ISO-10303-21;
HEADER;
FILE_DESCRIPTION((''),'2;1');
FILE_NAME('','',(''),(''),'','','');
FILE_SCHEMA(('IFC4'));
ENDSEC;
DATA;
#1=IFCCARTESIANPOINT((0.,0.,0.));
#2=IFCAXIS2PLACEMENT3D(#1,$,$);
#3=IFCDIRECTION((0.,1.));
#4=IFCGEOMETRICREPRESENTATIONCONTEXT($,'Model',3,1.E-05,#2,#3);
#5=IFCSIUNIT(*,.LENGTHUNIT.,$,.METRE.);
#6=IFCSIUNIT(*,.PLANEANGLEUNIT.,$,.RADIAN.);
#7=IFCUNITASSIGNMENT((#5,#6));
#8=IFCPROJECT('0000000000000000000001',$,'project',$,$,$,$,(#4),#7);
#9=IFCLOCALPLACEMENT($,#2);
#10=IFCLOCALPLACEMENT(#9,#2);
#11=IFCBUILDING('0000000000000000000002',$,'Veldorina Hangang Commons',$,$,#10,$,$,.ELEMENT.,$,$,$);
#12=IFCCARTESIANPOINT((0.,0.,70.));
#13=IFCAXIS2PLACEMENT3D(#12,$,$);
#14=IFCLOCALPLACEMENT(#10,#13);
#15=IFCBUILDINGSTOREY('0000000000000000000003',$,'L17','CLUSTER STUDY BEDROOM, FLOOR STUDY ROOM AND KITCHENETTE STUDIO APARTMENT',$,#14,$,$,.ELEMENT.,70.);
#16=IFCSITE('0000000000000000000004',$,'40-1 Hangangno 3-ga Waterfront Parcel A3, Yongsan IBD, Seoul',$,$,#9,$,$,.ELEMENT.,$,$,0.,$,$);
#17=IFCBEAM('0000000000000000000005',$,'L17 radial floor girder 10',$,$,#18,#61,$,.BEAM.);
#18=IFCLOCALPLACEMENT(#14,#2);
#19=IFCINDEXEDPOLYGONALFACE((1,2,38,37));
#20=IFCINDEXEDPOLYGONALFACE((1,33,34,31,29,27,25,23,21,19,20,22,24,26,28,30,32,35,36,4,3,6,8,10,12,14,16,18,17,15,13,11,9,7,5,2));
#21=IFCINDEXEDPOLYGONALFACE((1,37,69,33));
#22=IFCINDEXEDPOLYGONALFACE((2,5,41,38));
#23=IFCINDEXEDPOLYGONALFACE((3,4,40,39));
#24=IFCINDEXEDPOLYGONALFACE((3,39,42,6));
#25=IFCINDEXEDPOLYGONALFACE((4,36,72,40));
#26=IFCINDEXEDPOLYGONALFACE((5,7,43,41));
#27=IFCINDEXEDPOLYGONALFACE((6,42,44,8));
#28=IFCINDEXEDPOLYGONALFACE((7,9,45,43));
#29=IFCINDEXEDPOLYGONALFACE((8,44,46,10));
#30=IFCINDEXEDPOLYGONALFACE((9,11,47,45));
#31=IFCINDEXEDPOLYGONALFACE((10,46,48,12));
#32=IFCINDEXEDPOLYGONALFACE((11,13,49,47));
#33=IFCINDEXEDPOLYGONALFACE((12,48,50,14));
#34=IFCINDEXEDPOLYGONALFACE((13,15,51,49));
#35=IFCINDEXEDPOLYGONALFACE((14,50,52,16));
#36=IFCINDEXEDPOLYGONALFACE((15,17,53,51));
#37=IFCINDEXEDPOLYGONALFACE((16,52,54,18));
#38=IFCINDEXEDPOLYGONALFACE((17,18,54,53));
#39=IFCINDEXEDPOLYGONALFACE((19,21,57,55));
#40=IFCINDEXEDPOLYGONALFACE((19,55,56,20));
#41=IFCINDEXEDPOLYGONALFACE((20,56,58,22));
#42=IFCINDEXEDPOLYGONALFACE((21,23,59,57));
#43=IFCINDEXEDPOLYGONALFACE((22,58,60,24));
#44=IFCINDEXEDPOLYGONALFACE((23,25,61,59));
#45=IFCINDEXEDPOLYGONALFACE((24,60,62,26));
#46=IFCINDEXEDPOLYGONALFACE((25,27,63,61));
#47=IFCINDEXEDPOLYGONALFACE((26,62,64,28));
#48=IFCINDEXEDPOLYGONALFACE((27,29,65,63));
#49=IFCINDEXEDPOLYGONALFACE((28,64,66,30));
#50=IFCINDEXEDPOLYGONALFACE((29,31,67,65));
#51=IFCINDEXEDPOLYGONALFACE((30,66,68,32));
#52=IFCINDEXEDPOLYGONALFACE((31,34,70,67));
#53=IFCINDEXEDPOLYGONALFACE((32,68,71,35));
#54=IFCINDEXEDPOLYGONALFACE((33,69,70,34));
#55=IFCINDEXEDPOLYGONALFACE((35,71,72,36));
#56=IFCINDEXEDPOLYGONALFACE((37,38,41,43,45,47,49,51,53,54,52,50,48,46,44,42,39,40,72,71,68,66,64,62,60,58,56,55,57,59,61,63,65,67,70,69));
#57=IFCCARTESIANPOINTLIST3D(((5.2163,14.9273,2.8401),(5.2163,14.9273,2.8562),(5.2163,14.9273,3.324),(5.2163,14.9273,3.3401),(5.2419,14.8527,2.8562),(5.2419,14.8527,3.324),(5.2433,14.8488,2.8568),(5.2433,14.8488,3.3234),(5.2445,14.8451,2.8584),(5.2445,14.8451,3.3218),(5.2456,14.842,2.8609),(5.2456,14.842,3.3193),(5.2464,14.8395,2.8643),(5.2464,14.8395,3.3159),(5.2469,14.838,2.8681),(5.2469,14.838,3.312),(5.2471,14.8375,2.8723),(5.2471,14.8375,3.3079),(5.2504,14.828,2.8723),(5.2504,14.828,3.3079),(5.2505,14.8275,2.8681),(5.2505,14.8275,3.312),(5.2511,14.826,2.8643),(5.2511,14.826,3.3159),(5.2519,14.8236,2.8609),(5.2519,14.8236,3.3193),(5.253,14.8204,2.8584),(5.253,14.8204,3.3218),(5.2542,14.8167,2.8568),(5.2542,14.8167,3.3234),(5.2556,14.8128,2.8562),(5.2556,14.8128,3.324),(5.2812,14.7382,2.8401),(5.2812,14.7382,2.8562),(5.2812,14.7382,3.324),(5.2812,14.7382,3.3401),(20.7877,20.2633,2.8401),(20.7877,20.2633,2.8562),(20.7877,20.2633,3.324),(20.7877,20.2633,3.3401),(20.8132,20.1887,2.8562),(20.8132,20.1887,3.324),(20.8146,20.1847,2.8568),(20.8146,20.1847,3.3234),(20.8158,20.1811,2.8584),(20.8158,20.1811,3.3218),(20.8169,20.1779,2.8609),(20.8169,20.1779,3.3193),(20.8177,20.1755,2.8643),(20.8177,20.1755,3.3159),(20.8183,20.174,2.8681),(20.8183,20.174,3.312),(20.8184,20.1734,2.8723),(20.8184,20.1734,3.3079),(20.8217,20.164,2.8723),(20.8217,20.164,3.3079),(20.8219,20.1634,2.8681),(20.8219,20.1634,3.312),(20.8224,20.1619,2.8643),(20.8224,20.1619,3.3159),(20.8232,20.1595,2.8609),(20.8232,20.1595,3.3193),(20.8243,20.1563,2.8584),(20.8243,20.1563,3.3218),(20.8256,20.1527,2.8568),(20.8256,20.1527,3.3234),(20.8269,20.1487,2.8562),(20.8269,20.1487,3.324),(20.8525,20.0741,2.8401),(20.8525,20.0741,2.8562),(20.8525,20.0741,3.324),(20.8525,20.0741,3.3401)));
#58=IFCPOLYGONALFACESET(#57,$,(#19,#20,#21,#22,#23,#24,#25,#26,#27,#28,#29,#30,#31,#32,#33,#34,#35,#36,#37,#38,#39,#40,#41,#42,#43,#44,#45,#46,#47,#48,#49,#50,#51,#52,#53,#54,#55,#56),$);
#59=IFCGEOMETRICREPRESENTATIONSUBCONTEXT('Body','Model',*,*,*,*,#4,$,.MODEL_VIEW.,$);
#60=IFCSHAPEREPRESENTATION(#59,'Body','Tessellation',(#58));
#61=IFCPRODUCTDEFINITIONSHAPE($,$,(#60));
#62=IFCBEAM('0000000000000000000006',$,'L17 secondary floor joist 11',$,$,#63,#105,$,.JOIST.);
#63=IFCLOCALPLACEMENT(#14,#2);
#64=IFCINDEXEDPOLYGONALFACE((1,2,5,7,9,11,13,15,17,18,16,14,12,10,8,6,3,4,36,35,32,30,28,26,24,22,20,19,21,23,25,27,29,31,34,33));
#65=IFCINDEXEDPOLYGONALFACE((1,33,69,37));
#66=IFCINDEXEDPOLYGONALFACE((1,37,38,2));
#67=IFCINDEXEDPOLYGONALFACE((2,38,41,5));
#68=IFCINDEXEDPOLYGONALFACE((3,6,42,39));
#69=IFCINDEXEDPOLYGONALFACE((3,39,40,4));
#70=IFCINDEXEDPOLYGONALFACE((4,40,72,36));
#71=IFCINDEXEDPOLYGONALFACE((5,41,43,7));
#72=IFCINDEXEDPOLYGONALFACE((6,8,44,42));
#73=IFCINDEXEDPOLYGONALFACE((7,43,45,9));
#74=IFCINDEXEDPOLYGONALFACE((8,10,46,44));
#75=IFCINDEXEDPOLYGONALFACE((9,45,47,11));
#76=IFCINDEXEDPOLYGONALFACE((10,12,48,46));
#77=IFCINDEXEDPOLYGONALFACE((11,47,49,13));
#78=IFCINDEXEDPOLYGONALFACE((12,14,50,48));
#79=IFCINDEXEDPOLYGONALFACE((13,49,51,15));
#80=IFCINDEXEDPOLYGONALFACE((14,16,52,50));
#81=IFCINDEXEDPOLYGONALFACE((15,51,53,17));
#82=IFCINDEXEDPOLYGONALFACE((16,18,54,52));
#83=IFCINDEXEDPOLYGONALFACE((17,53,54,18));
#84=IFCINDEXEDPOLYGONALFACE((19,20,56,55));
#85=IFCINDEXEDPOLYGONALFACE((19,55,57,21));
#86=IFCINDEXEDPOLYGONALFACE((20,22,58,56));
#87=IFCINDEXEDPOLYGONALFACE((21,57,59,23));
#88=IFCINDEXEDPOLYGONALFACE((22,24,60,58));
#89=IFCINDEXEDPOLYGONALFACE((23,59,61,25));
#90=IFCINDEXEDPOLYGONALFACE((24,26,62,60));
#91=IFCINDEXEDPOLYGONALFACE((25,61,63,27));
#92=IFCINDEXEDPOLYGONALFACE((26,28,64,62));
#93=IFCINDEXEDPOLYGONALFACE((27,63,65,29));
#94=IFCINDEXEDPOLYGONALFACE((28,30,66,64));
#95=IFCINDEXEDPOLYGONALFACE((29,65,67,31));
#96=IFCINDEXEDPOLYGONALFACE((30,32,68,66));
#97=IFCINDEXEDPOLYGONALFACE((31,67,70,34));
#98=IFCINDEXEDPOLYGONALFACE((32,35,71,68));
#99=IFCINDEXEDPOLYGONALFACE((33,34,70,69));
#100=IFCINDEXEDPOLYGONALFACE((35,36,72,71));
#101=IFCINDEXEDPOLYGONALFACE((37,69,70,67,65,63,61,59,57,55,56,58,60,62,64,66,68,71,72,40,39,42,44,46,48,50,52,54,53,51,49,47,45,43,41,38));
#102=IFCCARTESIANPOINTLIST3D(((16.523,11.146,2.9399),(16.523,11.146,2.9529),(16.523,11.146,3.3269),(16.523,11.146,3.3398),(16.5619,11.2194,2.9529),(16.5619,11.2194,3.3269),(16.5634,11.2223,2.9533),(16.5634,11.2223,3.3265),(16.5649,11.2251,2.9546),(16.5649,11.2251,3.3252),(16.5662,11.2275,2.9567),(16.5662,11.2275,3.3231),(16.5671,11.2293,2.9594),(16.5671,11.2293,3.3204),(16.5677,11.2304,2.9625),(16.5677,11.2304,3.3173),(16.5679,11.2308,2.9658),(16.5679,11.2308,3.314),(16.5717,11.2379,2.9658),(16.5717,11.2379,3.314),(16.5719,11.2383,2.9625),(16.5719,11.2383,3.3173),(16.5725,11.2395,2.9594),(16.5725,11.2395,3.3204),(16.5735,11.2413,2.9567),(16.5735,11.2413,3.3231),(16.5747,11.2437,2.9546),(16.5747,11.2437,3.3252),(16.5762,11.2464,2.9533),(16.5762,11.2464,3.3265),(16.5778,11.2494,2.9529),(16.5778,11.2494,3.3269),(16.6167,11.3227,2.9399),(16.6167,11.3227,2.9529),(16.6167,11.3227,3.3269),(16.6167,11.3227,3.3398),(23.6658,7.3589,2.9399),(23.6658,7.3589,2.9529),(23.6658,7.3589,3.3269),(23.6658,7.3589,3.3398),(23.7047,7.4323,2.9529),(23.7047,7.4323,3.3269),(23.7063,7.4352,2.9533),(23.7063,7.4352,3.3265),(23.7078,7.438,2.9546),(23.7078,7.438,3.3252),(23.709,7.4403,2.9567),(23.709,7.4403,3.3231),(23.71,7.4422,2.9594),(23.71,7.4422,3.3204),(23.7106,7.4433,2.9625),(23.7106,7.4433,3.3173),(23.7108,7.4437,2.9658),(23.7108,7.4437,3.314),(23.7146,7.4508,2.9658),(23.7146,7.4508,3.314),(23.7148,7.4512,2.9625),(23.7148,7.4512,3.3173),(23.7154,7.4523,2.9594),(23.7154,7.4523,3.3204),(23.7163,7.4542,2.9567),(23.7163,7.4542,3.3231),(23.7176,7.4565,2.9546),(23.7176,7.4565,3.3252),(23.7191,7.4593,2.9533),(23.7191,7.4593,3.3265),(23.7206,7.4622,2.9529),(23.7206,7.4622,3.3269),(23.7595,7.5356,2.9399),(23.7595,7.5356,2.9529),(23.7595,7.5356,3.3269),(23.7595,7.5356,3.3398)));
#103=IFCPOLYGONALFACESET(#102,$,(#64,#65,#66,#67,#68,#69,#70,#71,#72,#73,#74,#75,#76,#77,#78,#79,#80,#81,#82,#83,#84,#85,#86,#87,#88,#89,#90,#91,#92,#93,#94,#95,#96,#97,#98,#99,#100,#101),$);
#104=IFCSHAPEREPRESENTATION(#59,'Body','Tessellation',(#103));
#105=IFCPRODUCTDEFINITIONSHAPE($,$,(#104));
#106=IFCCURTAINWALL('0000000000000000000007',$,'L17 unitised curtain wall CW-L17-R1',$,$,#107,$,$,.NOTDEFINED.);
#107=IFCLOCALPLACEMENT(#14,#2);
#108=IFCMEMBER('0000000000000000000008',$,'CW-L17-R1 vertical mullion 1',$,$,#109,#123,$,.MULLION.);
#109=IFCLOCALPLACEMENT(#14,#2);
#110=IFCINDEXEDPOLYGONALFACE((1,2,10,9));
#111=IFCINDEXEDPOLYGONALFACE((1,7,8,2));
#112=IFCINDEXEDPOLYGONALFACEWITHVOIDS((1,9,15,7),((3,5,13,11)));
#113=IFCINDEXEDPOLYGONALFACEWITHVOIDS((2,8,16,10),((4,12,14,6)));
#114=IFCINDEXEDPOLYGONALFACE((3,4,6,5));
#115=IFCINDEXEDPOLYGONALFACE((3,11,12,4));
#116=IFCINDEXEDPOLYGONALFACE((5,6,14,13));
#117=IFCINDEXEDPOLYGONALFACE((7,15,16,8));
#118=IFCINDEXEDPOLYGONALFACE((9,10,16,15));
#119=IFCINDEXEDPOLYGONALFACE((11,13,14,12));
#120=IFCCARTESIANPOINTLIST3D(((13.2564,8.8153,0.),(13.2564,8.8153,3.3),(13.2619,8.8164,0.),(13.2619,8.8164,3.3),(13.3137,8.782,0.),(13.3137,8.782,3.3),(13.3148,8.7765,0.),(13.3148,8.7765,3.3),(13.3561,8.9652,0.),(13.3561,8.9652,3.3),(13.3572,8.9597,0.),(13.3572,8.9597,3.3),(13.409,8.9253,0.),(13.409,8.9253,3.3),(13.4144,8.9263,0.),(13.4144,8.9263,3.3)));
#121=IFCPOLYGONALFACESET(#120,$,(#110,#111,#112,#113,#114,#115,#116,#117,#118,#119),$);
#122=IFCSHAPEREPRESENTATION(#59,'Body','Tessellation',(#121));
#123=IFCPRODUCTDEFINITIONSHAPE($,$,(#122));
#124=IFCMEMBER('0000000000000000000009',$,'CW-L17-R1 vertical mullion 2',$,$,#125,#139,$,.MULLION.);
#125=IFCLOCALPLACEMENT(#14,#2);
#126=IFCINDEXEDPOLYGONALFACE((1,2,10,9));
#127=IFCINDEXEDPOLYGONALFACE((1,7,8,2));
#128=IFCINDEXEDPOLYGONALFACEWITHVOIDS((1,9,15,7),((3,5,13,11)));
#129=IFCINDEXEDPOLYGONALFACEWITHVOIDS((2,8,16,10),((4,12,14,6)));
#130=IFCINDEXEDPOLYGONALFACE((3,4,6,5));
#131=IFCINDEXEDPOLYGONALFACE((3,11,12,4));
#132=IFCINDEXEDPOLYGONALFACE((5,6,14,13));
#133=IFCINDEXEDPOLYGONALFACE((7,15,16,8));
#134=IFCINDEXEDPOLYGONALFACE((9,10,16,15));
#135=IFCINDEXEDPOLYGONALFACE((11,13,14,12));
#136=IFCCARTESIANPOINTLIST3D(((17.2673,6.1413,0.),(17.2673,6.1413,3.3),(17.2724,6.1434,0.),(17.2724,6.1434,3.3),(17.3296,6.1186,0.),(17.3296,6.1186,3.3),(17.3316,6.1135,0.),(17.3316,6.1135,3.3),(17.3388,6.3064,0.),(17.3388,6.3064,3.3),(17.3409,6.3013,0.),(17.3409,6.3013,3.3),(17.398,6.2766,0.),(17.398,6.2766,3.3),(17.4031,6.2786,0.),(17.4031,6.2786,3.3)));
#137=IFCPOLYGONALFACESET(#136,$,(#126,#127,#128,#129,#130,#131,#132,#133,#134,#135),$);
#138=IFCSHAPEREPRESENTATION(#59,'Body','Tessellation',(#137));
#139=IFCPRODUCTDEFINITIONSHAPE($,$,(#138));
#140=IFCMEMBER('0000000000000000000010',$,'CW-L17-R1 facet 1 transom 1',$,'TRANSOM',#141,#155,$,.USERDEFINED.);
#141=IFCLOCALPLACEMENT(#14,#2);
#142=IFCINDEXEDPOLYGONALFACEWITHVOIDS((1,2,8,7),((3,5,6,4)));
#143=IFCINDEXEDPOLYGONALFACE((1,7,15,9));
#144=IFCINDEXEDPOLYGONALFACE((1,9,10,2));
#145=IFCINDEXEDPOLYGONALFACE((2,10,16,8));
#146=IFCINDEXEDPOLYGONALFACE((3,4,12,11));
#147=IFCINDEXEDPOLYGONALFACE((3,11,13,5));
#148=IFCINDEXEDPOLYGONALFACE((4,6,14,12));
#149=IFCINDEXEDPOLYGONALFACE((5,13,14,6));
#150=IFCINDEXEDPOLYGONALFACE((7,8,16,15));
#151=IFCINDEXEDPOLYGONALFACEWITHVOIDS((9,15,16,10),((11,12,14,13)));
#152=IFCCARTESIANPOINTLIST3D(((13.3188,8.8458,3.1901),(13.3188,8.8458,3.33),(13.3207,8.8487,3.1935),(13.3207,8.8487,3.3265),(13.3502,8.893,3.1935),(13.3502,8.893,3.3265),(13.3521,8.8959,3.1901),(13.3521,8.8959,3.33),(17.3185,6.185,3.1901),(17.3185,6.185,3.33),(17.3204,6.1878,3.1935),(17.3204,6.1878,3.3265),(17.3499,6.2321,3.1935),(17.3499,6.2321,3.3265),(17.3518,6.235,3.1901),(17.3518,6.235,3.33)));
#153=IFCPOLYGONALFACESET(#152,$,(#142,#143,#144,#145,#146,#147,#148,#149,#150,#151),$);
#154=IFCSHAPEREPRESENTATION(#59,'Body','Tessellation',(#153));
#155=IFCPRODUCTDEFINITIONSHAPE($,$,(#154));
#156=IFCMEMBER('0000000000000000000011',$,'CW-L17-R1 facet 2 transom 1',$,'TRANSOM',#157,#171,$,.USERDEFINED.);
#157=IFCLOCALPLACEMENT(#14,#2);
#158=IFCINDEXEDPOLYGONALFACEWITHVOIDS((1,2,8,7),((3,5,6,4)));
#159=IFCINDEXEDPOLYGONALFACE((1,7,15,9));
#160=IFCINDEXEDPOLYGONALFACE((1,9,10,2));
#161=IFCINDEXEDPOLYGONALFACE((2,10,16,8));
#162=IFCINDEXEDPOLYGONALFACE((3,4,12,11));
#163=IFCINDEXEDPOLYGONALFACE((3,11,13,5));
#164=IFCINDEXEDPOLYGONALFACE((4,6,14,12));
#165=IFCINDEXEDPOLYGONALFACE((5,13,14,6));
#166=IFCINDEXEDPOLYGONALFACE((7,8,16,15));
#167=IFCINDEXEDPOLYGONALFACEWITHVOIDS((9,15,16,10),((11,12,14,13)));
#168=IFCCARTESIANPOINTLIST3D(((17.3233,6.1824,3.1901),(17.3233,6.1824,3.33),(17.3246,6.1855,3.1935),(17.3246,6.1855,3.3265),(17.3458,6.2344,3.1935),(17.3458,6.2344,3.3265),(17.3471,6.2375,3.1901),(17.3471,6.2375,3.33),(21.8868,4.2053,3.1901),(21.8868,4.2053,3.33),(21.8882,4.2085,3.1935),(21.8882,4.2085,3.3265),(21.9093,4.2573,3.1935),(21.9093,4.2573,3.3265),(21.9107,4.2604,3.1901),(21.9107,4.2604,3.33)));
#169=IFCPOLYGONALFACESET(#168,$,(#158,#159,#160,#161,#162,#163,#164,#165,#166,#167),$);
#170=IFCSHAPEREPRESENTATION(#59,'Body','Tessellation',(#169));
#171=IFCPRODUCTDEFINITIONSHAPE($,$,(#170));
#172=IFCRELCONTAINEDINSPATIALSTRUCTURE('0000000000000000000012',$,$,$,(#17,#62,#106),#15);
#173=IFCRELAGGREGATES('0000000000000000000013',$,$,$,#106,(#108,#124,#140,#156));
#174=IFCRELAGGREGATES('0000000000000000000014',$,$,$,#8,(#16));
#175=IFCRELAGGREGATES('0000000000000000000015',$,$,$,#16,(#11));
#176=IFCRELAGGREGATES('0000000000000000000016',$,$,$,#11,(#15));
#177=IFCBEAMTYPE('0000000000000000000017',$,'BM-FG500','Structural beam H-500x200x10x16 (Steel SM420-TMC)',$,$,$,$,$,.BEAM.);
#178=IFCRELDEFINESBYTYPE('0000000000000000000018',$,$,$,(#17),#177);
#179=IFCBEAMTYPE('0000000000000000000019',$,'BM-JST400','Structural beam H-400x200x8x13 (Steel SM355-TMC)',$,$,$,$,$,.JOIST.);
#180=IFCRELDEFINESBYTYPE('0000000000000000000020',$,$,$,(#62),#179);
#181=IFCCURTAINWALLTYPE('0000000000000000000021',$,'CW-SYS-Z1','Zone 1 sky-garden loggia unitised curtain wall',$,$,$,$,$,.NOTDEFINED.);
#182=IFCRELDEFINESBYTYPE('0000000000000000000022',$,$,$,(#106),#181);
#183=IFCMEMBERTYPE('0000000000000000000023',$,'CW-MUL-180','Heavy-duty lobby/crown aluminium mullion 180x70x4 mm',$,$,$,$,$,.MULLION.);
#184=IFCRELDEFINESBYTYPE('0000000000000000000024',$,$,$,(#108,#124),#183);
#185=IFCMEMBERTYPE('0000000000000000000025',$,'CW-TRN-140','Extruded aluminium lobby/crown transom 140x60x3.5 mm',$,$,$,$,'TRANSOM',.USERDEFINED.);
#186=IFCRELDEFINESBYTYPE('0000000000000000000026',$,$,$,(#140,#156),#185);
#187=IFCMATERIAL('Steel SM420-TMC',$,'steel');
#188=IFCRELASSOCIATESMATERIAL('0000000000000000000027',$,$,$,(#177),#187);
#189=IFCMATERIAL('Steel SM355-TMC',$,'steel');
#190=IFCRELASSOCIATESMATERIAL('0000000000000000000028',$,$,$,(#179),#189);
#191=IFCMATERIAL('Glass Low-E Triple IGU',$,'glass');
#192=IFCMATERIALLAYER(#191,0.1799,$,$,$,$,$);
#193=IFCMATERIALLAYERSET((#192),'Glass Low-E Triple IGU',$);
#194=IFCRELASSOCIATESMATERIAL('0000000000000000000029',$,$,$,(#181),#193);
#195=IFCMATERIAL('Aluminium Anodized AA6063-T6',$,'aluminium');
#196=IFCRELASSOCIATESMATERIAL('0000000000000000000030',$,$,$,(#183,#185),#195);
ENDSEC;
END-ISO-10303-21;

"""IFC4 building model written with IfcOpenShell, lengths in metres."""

from ifc_helpers import new_model, si_unit, direction, frame, origin, origin_2d, place, context, subcontext, project, spatial, hollow_rectangle, i_section, extrude, material, layer, layer_set, material_profile, profile_set, type_object, element, aggregate, save


model = new_model("IFC4")

# Units and contexts
model_context = context("Model", 3, precision=1e-05, world=origin(), true_north=direction((0.0, 1.0)))
body_context = subcontext(model_context, "Body", "Model", "MODEL_VIEW")
ifc_project = project(units=[si_unit("LENGTHUNIT", "METRE"), si_unit("PLANEANGLEUNIT", "RADIAN")], contexts=[model_context])

# Site, building, storey
site_placement = place(None, origin())
site = spatial("IfcSite", under=ifc_project, at=site_placement, Name="40-1 Hangangno 3-ga Waterfront Parcel A3, Yongsan IBD, Seoul", CompositionType="ELEMENT", RefElevation=0.0)
building_placement = place(site_placement, origin())
building = spatial("IfcBuilding", under=site, at=building_placement, Name="Veldorina Hangang Commons", CompositionType="ELEMENT")
storey_placement = place(building_placement, frame((0.0, 0.0, 70.0)))
storey = spatial("IfcBuildingStorey", under=building, at=storey_placement, Name="L17", Description="CLUSTER STUDY BEDROOM, FLOOR STUDY ROOM AND KITCHENETTE STUDIO APARTMENT", CompositionType="ELEMENT", Elevation=70.0)

# Beams
ifc_material_1 = material(Name="Steel SM420-TMC", Category="steel")
ifc_material_profile_1 = material_profile(ifc_material_1, i_section(OverallWidth=0.2, OverallDepth=0.5, WebThickness=0.01, FlangeThickness=0.0161, FilletRadius=0.0161, at=origin_2d()), Name="H-500x200x10x16")
ifc_profile_set_1 = profile_set([ifc_material_profile_1], Name="Steel SM420-TMC")
beam_type_1 = type_object("IfcBeamType", Name="BM-FG500", Description="Structural beam H-500x200x10x16 (Steel SM420-TMC)", PredefinedType="BEAM", material=ifc_profile_set_1)
beam_1_placement = place(storey_placement, frame((20.8201, 20.1687, 3.0901), z_axis=(-0.945998, -0.324173, 0.0), x_axis=(0.324173, -0.945998, 0.0)))
element("IfcBeam", 1, at=beam_1_placement, inside=storey, type_object=beam_type_1, Name="L17 radial floor girder 10", PredefinedType="BEAM", context=body_context, shape_type="SweptSolid", body=[
    extrude(i_section(OverallWidth=0.2, OverallDepth=0.5, WebThickness=0.01, FlangeThickness=0.0161, FilletRadius=0.0161, at=origin_2d()), origin(), (0.0, 0.0, 1.0), 16.4602),
])
ifc_material_2 = material(Name="Steel SM355-TMC", Category="steel")
ifc_material_profile_2 = material_profile(ifc_material_2, i_section(OverallWidth=0.2, OverallDepth=0.3999, WebThickness=0.0081, FlangeThickness=0.0129, FilletRadius=0.0129, at=origin_2d()), Name="H-400x200x8x13")
ifc_profile_set_2 = profile_set([ifc_material_profile_2], Name="Steel SM355-TMC")
beam_type_2 = type_object("IfcBeamType", Name="BM-JST400", Description="Structural beam H-400x200x8x13 (Steel SM355-TMC)", PredefinedType="JOIST", material=ifc_profile_set_2)
beam_2_placement = place(storey_placement, frame((16.5698, 11.2344, 3.1399), z_axis=(0.883501, -0.46843, 0.0), x_axis=(0.46843, 0.883501, 0.0)))
element("IfcBeam", 2, at=beam_2_placement, inside=storey, type_object=beam_type_2, Name="L17 secondary floor joist 11", PredefinedType="JOIST", context=body_context, shape_type="SweptSolid", body=[
    extrude(i_section(OverallWidth=0.2, OverallDepth=0.3999, WebThickness=0.0081, FlangeThickness=0.0129, FilletRadius=0.0129, at=origin_2d()), origin(), (0.0, 0.0, 1.0), 8.0847),
])

# Curtain wall, members
ifc_material_3 = material(Name="Glass Low-E Triple IGU", Category="glass")
ifc_layer_1 = layer(ifc_material_3, 0.1799)
ifc_layer_set_1 = layer_set([ifc_layer_1], Name="Glass Low-E Triple IGU")
curtain_wall_type = type_object("IfcCurtainWallType", Name="CW-SYS-Z1", Description="Zone 1 sky-garden loggia unitised curtain wall", PredefinedType="NOTDEFINED", material=ifc_layer_set_1)
curtain_wall_placement = place(storey_placement, origin())
curtain_wall = element("IfcCurtainWall", 3, at=curtain_wall_placement, inside=storey, type_object=curtain_wall_type, Name="L17 unitised curtain wall CW-L17-R1", PredefinedType="NOTDEFINED")
ifc_material_4 = material(Name="Aluminium Anodized AA6063-T6", Category="aluminium")
ifc_material_profile_3 = material_profile(ifc_material_4, hollow_rectangle(XDim=0.0701, YDim=0.1799, WallThickness=0.0039, at=origin_2d()), Name="ALU-RHS-180x70x4")
ifc_profile_set_3 = profile_set([ifc_material_profile_3], Name="Aluminium Anodized AA6063-T6")
member_type_1 = type_object("IfcMemberType", Name="CW-MUL-180", Description="Heavy-duty lobby/crown aluminium mullion 180x70x4 mm", PredefinedType="MULLION", material=ifc_profile_set_3)
member_1_placement = place(storey_placement, frame((13.3354, 8.8708, 0.0), z_axis=(0.0, 0.0, 1.0), x_axis=(0.832593, -0.553886, 0.0)))
member_1 = element("IfcMember", 4, at=member_1_placement, type_object=member_type_1, Name="CW-L17-R1 vertical mullion 1", PredefinedType="MULLION", context=body_context, shape_type="SweptSolid", body=[
    extrude(hollow_rectangle(XDim=0.0701, YDim=0.1799, WallThickness=0.0039, at=origin_2d()), origin(), (0.0, 0.0, 1.0), 3.3),
])
member_2_placement = place(storey_placement, frame((17.3352, 6.21, 0.0), z_axis=(0.0, 0.0, 1.0), x_axis=(0.917588, -0.397532, 0.0)))
member_2 = element("IfcMember", 5, at=member_2_placement, type_object=member_type_1, Name="CW-L17-R1 vertical mullion 2", PredefinedType="MULLION", context=body_context, shape_type="SweptSolid", body=[
    extrude(hollow_rectangle(XDim=0.0701, YDim=0.1799, WallThickness=0.0039, at=origin_2d()), origin(), (0.0, 0.0, 1.0), 3.3),
])
ifc_material_profile_4 = material_profile(ifc_material_4, hollow_rectangle(XDim=0.0601, YDim=0.1399, WallThickness=0.0034, at=origin_2d()), Name="ALU-RHS-140x60x3.5")
ifc_profile_set_4 = profile_set([ifc_material_profile_4], Name="Aluminium Anodized AA6063-T6")
member_type_2 = type_object("IfcMemberType", Name="CW-TRN-140", Description="Extruded aluminium lobby/crown transom 140x60x3.5 mm", ElementType="TRANSOM", PredefinedType="USERDEFINED", material=ifc_profile_set_4)
member_3_placement = place(storey_placement, frame((13.3354, 8.8708, 3.26), z_axis=(0.832589, -0.553891, 0.0), x_axis=(0.553891, 0.832589, 0.0)))
member_3 = element("IfcMember", 6, at=member_3_placement, type_object=member_type_2, Name="CW-L17-R1 facet 1 transom 1", ObjectType="TRANSOM", PredefinedType="USERDEFINED", context=body_context, shape_type="SweptSolid", body=[
    extrude(hollow_rectangle(XDim=0.0601, YDim=0.1399, WallThickness=0.0034, at=origin_2d()), origin(), (0.0, 0.0, 1.0), 4.804),
])
member_4_placement = place(storey_placement, frame((17.3352, 6.21, 3.26), z_axis=(0.917589, -0.39753, 0.0), x_axis=(0.39753, 0.917589, 0.0)))
member_4 = element("IfcMember", 7, at=member_4_placement, type_object=member_type_2, Name="CW-L17-R1 facet 2 transom 1", ObjectType="TRANSOM", PredefinedType="USERDEFINED", context=body_context, shape_type="SweptSolid", body=[
    extrude(hollow_rectangle(XDim=0.0601, YDim=0.1399, WallThickness=0.0034, at=origin_2d()), origin(), (0.0, 0.0, 1.0), 4.9734),
])

aggregate(curtain_wall, [member_1, member_2, member_3, member_4])

save(model, "model.ifc")
